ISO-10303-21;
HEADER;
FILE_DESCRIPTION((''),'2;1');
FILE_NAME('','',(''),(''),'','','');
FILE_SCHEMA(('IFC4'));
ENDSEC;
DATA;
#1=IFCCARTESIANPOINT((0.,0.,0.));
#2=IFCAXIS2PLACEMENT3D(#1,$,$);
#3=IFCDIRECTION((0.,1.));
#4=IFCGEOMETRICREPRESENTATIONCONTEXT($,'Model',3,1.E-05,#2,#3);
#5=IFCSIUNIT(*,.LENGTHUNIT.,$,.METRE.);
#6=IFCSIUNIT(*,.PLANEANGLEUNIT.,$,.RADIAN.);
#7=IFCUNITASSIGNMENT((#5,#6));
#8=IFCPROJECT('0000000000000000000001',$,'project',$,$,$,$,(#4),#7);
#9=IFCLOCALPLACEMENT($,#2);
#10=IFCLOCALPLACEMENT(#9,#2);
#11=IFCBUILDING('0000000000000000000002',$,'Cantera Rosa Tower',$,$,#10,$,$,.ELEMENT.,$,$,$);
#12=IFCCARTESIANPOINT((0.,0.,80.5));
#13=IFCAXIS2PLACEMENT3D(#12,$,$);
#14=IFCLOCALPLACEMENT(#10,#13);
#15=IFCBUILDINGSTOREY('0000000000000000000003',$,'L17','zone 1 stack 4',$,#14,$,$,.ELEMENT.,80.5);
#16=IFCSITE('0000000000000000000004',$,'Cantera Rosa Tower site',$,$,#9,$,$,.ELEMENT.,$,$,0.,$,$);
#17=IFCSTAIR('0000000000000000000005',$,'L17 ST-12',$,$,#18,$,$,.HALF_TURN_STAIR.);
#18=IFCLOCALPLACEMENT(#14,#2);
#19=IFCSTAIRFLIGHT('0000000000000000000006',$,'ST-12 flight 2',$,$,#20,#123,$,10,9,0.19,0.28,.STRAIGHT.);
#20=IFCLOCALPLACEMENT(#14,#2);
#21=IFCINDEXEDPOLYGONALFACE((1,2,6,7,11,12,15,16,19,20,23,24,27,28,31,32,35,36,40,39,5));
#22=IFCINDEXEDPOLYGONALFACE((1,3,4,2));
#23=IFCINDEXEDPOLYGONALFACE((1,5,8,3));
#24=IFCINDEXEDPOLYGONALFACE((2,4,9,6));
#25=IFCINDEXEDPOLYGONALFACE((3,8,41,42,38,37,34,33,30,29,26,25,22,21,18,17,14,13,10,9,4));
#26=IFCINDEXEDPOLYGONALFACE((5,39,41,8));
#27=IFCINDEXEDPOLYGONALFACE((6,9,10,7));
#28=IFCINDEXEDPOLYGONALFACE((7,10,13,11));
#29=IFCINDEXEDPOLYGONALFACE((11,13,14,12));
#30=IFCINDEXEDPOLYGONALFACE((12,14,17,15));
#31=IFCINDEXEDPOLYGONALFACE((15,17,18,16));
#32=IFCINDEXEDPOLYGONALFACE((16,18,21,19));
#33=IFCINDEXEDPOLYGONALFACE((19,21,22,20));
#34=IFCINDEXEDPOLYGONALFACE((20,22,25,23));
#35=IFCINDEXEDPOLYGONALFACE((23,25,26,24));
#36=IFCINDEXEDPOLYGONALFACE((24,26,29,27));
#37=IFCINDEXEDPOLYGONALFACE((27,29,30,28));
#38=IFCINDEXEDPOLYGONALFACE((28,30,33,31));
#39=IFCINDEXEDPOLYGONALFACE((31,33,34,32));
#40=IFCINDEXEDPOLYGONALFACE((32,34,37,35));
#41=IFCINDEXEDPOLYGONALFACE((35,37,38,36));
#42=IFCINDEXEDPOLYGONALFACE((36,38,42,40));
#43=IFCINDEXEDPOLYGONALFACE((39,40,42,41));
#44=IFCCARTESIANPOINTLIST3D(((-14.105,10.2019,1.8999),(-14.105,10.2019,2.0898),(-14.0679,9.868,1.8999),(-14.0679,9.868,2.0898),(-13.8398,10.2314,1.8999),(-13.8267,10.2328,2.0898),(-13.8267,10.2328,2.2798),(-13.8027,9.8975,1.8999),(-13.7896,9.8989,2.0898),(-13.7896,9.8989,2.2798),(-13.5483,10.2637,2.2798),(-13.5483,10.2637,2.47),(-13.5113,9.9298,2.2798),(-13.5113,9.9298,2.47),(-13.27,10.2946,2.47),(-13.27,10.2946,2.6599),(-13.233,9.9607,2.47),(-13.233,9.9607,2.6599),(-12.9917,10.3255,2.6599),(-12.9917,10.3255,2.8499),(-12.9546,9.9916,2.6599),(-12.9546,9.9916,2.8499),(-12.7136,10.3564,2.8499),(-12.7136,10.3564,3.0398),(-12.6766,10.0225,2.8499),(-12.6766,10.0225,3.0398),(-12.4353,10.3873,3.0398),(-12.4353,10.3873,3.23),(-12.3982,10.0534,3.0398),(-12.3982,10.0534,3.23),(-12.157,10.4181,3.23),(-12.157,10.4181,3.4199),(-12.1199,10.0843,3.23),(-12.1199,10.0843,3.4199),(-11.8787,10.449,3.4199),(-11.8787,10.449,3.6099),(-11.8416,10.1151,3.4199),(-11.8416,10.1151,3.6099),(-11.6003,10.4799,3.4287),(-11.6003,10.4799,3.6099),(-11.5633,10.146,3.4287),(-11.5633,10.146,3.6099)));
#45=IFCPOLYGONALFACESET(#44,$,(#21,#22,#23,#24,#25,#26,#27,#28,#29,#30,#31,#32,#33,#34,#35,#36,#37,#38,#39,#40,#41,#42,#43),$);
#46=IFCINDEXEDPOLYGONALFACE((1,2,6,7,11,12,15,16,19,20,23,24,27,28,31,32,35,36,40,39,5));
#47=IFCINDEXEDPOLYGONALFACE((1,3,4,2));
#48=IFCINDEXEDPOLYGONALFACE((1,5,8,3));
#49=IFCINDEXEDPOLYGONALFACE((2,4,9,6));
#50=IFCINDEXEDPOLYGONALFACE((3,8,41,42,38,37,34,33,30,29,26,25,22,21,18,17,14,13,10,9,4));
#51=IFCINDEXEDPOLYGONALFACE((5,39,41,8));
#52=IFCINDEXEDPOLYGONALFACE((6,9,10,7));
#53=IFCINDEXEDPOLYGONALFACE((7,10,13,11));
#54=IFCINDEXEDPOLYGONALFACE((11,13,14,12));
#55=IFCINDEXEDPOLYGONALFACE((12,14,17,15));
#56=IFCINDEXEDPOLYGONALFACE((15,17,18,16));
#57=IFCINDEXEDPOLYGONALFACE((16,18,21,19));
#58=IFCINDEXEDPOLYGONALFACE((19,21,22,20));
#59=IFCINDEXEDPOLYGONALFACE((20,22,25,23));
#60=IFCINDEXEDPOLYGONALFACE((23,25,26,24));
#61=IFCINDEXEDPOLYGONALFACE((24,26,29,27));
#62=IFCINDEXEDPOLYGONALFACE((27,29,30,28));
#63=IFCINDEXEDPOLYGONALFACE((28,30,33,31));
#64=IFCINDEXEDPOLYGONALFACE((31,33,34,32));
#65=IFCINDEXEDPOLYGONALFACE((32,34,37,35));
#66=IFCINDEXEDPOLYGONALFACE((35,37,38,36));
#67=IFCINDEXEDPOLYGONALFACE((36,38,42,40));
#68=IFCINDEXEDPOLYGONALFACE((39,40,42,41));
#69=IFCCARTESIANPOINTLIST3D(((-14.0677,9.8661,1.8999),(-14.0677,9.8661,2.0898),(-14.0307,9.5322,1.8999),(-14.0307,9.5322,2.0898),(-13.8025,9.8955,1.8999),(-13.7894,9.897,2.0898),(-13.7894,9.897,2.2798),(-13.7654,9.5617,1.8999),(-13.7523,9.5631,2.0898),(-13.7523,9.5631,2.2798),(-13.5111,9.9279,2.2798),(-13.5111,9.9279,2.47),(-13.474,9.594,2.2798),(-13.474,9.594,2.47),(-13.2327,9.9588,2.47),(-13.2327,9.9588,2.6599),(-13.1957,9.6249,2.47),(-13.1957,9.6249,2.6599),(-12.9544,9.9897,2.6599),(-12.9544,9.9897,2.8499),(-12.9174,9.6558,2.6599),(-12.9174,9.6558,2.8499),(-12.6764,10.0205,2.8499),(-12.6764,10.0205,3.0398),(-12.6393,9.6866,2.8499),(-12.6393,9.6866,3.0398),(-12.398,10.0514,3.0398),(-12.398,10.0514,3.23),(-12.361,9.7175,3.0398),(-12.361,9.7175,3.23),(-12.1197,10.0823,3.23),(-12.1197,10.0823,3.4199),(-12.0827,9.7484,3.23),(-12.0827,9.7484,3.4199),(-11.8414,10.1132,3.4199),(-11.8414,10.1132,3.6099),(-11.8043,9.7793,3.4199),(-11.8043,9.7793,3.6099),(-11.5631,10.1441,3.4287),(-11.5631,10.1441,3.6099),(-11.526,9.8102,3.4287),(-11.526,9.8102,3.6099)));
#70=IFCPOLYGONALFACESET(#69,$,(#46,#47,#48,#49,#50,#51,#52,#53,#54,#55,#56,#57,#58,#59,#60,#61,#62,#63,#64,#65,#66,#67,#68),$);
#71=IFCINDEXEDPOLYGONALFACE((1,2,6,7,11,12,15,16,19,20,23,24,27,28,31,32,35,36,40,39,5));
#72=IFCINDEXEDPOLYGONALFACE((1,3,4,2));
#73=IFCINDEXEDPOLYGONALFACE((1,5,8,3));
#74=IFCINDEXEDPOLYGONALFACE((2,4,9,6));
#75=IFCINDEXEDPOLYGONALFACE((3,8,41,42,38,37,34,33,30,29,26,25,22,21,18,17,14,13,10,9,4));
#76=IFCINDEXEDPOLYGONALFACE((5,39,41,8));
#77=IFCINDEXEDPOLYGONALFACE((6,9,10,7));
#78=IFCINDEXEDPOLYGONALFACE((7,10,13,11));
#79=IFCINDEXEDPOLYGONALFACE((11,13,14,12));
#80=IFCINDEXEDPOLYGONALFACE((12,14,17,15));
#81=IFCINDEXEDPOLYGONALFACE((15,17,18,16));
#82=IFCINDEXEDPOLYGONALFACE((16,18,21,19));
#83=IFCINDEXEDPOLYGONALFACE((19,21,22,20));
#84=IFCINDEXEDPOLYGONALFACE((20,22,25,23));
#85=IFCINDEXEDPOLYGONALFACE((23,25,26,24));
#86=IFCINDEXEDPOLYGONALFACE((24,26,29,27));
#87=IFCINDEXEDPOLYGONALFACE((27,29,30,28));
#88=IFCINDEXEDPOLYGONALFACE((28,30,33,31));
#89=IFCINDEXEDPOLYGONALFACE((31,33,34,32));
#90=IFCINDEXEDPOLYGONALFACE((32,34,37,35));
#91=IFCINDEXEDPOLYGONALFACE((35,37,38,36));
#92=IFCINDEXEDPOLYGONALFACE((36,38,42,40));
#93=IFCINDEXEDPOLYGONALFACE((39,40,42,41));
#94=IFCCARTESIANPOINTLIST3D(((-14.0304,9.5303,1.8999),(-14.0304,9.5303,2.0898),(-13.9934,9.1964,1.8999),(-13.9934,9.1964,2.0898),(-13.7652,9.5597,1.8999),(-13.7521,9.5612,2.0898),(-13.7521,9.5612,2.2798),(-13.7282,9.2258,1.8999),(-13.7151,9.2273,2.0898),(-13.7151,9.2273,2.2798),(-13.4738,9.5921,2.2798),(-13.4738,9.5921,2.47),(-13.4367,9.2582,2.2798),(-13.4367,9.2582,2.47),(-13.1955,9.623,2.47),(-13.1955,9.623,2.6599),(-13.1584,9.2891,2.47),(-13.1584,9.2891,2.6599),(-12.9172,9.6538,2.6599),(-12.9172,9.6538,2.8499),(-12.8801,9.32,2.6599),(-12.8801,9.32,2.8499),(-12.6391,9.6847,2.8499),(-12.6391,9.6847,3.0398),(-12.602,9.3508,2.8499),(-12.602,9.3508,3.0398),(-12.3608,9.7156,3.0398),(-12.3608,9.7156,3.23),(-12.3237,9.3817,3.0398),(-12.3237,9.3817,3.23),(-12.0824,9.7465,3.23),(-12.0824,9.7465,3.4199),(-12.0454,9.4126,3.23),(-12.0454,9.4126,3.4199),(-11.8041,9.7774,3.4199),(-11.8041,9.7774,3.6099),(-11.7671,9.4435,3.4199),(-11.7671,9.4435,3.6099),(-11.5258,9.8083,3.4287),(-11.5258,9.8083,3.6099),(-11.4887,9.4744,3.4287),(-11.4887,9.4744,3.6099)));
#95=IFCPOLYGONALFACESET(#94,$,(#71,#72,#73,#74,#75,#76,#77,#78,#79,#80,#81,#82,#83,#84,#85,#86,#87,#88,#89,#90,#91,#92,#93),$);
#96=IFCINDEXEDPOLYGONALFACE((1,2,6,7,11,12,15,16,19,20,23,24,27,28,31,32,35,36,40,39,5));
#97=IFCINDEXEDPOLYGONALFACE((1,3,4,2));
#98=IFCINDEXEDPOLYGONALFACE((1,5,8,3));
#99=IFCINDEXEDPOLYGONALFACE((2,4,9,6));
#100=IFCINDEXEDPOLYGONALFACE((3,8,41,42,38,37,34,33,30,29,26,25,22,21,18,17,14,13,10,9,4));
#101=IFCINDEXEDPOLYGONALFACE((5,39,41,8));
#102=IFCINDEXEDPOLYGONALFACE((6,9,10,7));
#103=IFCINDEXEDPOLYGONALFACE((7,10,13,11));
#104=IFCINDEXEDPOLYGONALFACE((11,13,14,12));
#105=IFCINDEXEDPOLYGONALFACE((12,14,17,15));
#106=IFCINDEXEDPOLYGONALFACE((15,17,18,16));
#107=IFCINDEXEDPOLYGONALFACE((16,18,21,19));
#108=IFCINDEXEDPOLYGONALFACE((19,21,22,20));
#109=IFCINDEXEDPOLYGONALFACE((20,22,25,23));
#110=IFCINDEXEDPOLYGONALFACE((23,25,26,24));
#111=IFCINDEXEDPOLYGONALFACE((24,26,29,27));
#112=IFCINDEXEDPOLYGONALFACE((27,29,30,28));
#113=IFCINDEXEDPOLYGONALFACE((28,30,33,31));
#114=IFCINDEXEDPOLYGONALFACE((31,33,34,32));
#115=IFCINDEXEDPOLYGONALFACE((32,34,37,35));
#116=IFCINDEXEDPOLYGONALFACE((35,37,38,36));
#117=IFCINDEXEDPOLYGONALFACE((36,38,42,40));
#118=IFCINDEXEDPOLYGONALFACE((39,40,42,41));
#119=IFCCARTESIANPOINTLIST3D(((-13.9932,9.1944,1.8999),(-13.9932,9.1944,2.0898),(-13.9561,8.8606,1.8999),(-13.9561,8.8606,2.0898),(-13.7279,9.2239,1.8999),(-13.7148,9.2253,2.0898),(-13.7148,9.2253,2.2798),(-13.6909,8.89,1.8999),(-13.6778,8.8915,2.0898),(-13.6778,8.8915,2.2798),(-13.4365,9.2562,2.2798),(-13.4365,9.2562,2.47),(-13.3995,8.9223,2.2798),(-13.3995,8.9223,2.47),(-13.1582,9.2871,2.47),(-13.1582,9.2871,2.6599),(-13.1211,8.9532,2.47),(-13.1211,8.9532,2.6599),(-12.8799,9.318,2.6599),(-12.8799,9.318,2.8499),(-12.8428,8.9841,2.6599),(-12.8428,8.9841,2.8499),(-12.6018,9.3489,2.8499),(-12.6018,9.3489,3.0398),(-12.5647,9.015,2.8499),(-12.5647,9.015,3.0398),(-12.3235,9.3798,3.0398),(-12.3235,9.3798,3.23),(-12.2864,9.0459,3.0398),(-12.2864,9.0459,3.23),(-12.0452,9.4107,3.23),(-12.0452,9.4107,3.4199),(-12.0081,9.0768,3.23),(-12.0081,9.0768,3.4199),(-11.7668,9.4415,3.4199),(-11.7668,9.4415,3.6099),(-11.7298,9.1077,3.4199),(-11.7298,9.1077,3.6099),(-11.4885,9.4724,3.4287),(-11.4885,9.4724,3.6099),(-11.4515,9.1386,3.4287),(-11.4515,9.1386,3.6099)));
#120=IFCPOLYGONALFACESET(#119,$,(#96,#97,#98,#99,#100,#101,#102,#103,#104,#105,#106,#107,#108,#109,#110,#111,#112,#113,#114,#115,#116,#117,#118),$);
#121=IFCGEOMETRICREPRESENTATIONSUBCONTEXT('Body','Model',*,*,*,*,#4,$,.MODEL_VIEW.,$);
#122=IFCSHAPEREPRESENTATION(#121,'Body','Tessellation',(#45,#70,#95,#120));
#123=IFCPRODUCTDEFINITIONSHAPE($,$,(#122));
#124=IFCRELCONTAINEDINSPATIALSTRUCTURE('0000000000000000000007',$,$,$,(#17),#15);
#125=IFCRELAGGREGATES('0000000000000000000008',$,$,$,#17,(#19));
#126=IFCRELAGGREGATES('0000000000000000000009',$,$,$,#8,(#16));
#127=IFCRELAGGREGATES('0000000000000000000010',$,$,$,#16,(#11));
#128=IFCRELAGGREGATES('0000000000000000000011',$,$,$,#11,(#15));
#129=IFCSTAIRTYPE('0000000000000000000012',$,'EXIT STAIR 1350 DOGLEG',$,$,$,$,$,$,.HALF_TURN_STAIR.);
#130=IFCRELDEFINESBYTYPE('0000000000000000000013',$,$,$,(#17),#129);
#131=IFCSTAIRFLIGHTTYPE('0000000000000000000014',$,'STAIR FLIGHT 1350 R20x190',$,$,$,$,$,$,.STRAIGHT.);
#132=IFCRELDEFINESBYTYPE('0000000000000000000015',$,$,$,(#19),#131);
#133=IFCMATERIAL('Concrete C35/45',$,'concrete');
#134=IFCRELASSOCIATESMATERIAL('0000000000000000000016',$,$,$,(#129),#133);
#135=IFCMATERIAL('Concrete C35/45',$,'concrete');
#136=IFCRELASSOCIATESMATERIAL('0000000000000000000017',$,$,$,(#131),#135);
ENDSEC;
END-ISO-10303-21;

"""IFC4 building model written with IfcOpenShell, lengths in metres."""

from ifc_helpers import new_model, si_unit, direction, frame, origin, place, context, subcontext, project, spatial, polyline, outline, extrude, material, type_object, element, aggregate, save


model = new_model("IFC4")

# Units and contexts
model_context = context("Model", 3, precision=1e-05, world=origin(), true_north=direction((0.0, 1.0)))
body_context = subcontext(model_context, "Body", "Model", "MODEL_VIEW")
ifc_project = project(units=[si_unit("LENGTHUNIT", "METRE"), si_unit("PLANEANGLEUNIT", "RADIAN")], contexts=[model_context])

# Site, building, storey
site_placement = place(None, origin())
site = spatial("IfcSite", under=ifc_project, at=site_placement, Name="Cantera Rosa Tower site", CompositionType="ELEMENT", RefElevation=0.0)
building_placement = place(site_placement, origin())
building = spatial("IfcBuilding", under=site, at=building_placement, Name="Cantera Rosa Tower", CompositionType="ELEMENT")
storey_placement = place(building_placement, frame((0.0, 0.0, 80.5)))
storey = spatial("IfcBuildingStorey", under=building, at=storey_placement, Name="L17", Description="zone 1 stack 4", CompositionType="ELEMENT", Elevation=80.5)

# Stair, stair flight
ifc_material_1 = material(Name="Concrete C35/45", Category="concrete")
stair_type = type_object("IfcStairType", Name="EXIT STAIR 1350 DOGLEG", PredefinedType="HALF_TURN_STAIR", material=ifc_material_1)
stair_placement = place(storey_placement, origin())
stair = element("IfcStair", 1, at=stair_placement, inside=storey, type_object=stair_type, Name="L17 ST-12", PredefinedType="HALF_TURN_STAIR")
ifc_material_2 = material(Name="Concrete C35/45", Category="concrete")
stair_flight_type = type_object("IfcStairFlightType", Name="STAIR FLIGHT 1350 R20x190", PredefinedType="STRAIGHT", material=ifc_material_2)
stair_flight_placement = place(storey_placement, frame((-14.0305, 9.531, 1.8999), z_axis=(0.0, 0.0, 1.0), x_axis=(0.993897, 0.110313, 0.0)))
stair_flight = element("IfcStairFlight", 2, at=stair_flight_placement, type_object=stair_flight_type, Name="ST-12 flight 2", NumberOfRisers=10, NumberOfTreads=9, PredefinedType="STRAIGHT", RiserHeight=0.19, TreadLength=0.28, context=body_context, shape_type="SweptSolid", body=[
    extrude(outline(polyline([(0.0, 0.0), (0.0, 0.1899), (0.28, 0.1899), (0.28, 0.3799), (0.5601, 0.3799), (0.5601, 0.5701), (0.8401, 0.5701), (0.8401, 0.76), (1.1201, 0.76), (1.1201, 0.95), (1.3999, 0.95), (1.3999, 1.1399), (1.6799, 1.1399), (1.6799, 1.3301), (1.96, 1.3301), (1.96, 1.52), (2.24, 1.52), (2.24, 1.71), (2.52, 1.71), (2.52, 1.8999), (2.52, 1.5288), (0.2668, 0.0), (0.0, 0.0)])), frame((0.0, 0.675, 0.0), z_axis=(0.0, -1.0, 0.0), x_axis=(1.0, 0.0, 0.0)), (0.0, 0.0, 1.0), 0.3359),
    extrude(outline(polyline([(0.0, 0.0), (0.0, 0.1899), (0.28, 0.1899), (0.28, 0.3799), (0.5601, 0.3799), (0.5601, 0.5701), (0.8401, 0.5701), (0.8401, 0.76), (1.1201, 0.76), (1.1201, 0.95), (1.3999, 0.95), (1.3999, 1.1399), (1.6799, 1.1399), (1.6799, 1.3301), (1.96, 1.3301), (1.96, 1.52), (2.24, 1.52), (2.24, 1.71), (2.52, 1.71), (2.52, 1.8999), (2.52, 1.5288), (0.2668, 0.0), (0.0, 0.0)])), frame((0.0, 0.3372, 0.0), z_axis=(0.0, -1.0, 0.0), x_axis=(1.0, 0.0, 0.0)), (0.0, 0.0, 1.0), 0.3359),
    extrude(outline(polyline([(0.0, 0.0), (0.0, 0.1899), (0.28, 0.1899), (0.28, 0.3799), (0.5601, 0.3799), (0.5601, 0.5701), (0.8401, 0.5701), (0.8401, 0.76), (1.1201, 0.76), (1.1201, 0.95), (1.3999, 0.95), (1.3999, 1.1399), (1.6799, 1.1399), (1.6799, 1.3301), (1.96, 1.3301), (1.96, 1.52), (2.24, 1.52), (2.24, 1.71), (2.52, 1.71), (2.52, 1.8999), (2.52, 1.5288), (0.2668, 0.0), (0.0, 0.0)])), frame((0.0, -0.0007, 0.0), z_axis=(0.0, -1.0, 0.0), x_axis=(1.0, 0.0, 0.0)), (0.0, 0.0, 1.0), 0.3359),
    extrude(outline(polyline([(0.0, 0.0), (0.0, 0.1899), (0.28, 0.1899), (0.28, 0.3799), (0.5601, 0.3799), (0.5601, 0.5701), (0.8401, 0.5701), (0.8401, 0.76), (1.1201, 0.76), (1.1201, 0.95), (1.3999, 0.95), (1.3999, 1.1399), (1.6799, 1.1399), (1.6799, 1.3301), (1.96, 1.3301), (1.96, 1.52), (2.24, 1.52), (2.24, 1.71), (2.52, 1.71), (2.52, 1.8999), (2.52, 1.5288), (0.2668, 0.0), (0.0, 0.0)])), frame((0.0, -0.3386, 0.0), z_axis=(0.0, -1.0, 0.0), x_axis=(1.0, 0.0, 0.0)), (0.0, 0.0, 1.0), 0.3359),
])
aggregate(stair, [stair_flight])

save(model, "model.ifc")
